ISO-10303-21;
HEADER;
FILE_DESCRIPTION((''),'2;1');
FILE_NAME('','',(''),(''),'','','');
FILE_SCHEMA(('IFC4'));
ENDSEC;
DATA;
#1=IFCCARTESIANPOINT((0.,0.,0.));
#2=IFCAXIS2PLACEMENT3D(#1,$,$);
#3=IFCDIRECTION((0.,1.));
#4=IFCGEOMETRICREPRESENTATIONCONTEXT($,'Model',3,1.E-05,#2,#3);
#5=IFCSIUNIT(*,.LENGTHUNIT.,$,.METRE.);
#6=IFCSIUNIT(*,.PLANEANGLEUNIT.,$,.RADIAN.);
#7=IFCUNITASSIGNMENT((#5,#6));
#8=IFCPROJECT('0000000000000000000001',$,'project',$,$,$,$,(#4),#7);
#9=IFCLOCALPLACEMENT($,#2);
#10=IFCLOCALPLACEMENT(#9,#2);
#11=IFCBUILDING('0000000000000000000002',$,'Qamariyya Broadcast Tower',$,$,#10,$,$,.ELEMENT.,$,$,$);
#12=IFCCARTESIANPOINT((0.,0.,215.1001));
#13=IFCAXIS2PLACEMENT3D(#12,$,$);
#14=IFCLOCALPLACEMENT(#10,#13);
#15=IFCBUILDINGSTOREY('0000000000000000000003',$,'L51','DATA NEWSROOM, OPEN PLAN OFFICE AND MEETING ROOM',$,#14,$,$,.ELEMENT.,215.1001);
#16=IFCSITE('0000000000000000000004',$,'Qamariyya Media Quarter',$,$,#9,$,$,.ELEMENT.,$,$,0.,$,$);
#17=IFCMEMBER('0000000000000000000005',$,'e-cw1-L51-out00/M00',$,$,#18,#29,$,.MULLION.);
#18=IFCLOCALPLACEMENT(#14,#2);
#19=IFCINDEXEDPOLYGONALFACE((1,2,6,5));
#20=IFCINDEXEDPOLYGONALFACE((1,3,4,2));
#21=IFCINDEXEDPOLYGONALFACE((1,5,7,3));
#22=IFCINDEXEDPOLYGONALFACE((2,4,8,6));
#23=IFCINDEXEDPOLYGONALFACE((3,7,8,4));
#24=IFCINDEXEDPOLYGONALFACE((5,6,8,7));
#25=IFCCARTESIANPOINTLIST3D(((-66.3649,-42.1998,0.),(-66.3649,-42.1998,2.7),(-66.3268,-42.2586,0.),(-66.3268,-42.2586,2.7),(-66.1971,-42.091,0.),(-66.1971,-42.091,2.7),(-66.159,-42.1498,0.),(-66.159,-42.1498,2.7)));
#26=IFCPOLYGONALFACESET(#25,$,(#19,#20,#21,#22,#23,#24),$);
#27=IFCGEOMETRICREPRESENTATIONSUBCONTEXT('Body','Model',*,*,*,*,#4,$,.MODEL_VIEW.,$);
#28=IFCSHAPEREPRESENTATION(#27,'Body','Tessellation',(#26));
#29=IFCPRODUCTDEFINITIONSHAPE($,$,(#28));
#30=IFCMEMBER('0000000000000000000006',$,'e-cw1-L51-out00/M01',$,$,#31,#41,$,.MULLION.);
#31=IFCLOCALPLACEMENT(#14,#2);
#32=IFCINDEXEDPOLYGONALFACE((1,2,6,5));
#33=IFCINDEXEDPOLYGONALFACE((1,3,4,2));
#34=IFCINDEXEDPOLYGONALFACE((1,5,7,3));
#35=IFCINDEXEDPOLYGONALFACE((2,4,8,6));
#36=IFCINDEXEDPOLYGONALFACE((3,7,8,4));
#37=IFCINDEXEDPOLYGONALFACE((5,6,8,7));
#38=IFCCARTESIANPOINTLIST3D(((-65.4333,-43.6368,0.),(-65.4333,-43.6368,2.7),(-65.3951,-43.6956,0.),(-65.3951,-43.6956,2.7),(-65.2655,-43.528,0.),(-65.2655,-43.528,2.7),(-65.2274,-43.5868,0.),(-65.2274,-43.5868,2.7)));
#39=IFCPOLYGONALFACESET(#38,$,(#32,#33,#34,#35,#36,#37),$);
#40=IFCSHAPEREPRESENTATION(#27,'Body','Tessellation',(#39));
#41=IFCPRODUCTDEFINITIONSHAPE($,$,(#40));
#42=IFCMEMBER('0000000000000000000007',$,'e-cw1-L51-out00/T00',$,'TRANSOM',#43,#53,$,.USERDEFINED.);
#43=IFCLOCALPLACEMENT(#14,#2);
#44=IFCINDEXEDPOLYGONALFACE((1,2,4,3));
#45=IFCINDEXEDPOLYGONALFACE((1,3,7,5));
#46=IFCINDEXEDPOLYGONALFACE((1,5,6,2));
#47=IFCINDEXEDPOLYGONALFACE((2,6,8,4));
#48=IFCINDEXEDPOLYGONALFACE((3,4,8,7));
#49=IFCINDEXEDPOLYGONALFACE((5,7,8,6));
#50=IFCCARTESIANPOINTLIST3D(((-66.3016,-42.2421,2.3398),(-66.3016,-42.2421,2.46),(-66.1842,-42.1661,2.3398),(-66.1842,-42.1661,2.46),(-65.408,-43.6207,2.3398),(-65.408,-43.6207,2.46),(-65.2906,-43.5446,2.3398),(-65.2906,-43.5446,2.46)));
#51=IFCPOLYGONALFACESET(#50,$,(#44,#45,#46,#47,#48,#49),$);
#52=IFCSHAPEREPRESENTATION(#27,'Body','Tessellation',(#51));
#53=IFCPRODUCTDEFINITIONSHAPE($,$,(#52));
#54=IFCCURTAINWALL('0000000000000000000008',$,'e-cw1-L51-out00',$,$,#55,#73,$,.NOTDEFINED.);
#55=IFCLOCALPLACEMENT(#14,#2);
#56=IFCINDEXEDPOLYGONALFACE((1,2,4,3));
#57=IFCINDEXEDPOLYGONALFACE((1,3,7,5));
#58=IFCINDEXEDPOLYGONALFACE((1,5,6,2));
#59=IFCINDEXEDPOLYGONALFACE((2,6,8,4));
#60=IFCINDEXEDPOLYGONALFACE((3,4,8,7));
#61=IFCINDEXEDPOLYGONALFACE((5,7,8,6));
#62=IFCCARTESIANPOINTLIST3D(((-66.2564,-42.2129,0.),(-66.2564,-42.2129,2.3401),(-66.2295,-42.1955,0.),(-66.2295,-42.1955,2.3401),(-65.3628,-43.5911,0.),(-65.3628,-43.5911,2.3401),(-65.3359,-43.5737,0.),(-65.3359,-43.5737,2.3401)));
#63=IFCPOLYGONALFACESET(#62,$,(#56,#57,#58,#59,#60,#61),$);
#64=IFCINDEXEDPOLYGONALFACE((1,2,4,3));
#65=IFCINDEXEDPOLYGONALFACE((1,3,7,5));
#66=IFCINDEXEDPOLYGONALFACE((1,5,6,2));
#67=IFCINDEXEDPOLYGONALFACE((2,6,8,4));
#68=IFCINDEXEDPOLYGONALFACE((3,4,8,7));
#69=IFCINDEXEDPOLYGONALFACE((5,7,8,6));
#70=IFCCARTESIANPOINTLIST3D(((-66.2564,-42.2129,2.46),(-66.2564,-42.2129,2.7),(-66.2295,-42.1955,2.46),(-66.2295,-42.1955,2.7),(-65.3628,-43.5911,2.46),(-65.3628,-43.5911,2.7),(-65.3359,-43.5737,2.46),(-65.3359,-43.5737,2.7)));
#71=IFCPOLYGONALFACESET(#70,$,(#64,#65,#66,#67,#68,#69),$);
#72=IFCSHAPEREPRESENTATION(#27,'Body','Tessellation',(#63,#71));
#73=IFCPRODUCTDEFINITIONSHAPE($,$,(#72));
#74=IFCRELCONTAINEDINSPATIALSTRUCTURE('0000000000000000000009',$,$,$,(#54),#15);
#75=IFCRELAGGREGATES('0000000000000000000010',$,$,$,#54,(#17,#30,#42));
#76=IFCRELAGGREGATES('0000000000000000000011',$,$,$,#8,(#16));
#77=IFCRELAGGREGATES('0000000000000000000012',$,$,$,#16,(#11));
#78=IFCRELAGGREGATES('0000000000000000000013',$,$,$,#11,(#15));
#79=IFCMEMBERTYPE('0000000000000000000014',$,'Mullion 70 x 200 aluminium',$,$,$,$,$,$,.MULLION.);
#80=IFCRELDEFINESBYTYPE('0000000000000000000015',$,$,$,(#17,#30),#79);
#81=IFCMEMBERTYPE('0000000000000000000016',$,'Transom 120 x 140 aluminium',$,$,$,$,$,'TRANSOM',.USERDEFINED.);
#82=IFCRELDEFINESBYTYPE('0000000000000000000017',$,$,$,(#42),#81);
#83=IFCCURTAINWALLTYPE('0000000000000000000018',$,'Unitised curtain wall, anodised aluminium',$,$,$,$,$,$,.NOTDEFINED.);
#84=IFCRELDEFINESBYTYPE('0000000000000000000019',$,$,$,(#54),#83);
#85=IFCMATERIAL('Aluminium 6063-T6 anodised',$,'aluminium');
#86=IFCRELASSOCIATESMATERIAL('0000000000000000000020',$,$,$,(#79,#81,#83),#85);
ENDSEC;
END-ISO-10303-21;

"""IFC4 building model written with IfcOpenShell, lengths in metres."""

from ifc_helpers import new_model, si_unit, direction, frame, origin, origin_2d, place, context, subcontext, project, spatial, rectangle, extrude, material, material_profile, profile_set, type_object, element, aggregate, save


model = new_model("IFC4")

# Units and contexts
model_context = context("Model", 3, precision=1e-05, world=origin(), true_north=direction((0.0, 1.0)))
body_context = subcontext(model_context, "Body", "Model", "MODEL_VIEW")
ifc_project = project(units=[si_unit("LENGTHUNIT", "METRE"), si_unit("PLANEANGLEUNIT", "RADIAN")], contexts=[model_context])

# Members
ifc_material_1 = material(Name="Aluminium 6063-T6 anodised", Category="aluminium")
ifc_material_profile_1 = material_profile(ifc_material_1, rectangle(XDim=0.2, YDim=0.0701, at=origin_2d()))
ifc_profile_set_1 = profile_set([ifc_material_profile_1], Name="Aluminium 6063-T6 anodised")
member_type_1 = type_object("IfcMemberType", Name="Mullion 70 x 200 aluminium", PredefinedType="MULLION", material=ifc_profile_set_1)
site_placement = place(None, origin())
building_placement = place(site_placement, origin())
storey_placement = place(building_placement, frame((0.0, 0.0, 215.1001)))
member_1_placement = place(storey_placement, frame((-66.262, -42.1748, 0.0), z_axis=(0.0, 0.0, 1.0), x_axis=(0.839047, 0.54406, 0.0)))
member_1 = element("IfcMember", 1, at=member_1_placement, type_object=member_type_1, Name="e-cw1-L51-out00/M00", PredefinedType="MULLION", context=body_context, shape_type="SweptSolid", body=[
    extrude(rectangle(XDim=0.2, YDim=0.0701, at=origin_2d()), origin(), (0.0, 0.0, 1.0), 2.7),
])
member_2_placement = place(storey_placement, frame((-65.3303, -43.6118, 0.0), z_axis=(0.0, 0.0, 1.0), x_axis=(0.839047, 0.54406, 0.0)))
member_2 = element("IfcMember", 2, at=member_2_placement, type_object=member_type_1, Name="e-cw1-L51-out00/M01", PredefinedType="MULLION", context=body_context, shape_type="SweptSolid", body=[
    extrude(rectangle(XDim=0.2, YDim=0.0701, at=origin_2d()), origin(), (0.0, 0.0, 1.0), 2.7),
])

# Site, building, storey
site = spatial("IfcSite", under=ifc_project, at=site_placement, Name="Qamariyya Media Quarter", CompositionType="ELEMENT", RefElevation=0.0)
building = spatial("IfcBuilding", under=site, at=building_placement, Name="Qamariyya Broadcast Tower", CompositionType="ELEMENT")
storey = spatial("IfcBuildingStorey", under=building, at=storey_placement, Name="L51", Description="DATA NEWSROOM, OPEN PLAN OFFICE AND MEETING ROOM", CompositionType="ELEMENT", Elevation=215.1001)

# Member
ifc_material_profile_2 = material_profile(ifc_material_1, rectangle(XDim=0.1399, YDim=0.1201, at=origin_2d()))
ifc_profile_set_2 = profile_set([ifc_material_profile_2], Name="Aluminium 6063-T6 anodised")
member_type_2 = type_object("IfcMemberType", Name="Transom 120 x 140 aluminium", ElementType="TRANSOM", PredefinedType="USERDEFINED", material=ifc_profile_set_2)
member_3_placement = place(storey_placement, frame((-66.2429, -42.2041, 2.3999), z_axis=(0.543954, -0.839115, 0.0), x_axis=(0.839115, 0.543954, 0.0)))
member_3 = element("IfcMember", 3, at=member_3_placement, type_object=member_type_2, Name="e-cw1-L51-out00/T00", ObjectType="TRANSOM", PredefinedType="USERDEFINED", context=body_context, shape_type="SweptSolid", body=[
    extrude(rectangle(XDim=0.1399, YDim=0.1201, at=origin_2d()), origin(), (0.0, 0.0, 1.0), 1.6428),
])

# Curtain wall
curtain_wall_type = type_object("IfcCurtainWallType", Name="Unitised curtain wall, anodised aluminium", PredefinedType="NOTDEFINED", material=ifc_material_1)
curtain_wall_1_placement = place(storey_placement, origin())
curtain_wall_1 = element("IfcCurtainWall", 4, at=curtain_wall_1_placement, inside=storey, type_object=curtain_wall_type, Name="e-cw1-L51-out00", PredefinedType="NOTDEFINED", context=body_context, shape_type="SweptSolid", body=[
    extrude(rectangle(XDim=1.6426, YDim=0.032, at=origin_2d()), frame((-65.7961, -42.8933, 0.0), x_axis=(0.544035, -0.839063, 0.0)), (0.0, 0.0, 1.0), 2.3401),
    extrude(rectangle(XDim=1.6426, YDim=0.032, at=origin_2d()), frame((-65.7961, -42.8933, 2.46), x_axis=(0.544035, -0.839063, 0.0)), (0.0, 0.0, 1.0), 0.24),
])
aggregate(curtain_wall_1, [member_1, member_2, member_3])

save(model, "model.ifc")
